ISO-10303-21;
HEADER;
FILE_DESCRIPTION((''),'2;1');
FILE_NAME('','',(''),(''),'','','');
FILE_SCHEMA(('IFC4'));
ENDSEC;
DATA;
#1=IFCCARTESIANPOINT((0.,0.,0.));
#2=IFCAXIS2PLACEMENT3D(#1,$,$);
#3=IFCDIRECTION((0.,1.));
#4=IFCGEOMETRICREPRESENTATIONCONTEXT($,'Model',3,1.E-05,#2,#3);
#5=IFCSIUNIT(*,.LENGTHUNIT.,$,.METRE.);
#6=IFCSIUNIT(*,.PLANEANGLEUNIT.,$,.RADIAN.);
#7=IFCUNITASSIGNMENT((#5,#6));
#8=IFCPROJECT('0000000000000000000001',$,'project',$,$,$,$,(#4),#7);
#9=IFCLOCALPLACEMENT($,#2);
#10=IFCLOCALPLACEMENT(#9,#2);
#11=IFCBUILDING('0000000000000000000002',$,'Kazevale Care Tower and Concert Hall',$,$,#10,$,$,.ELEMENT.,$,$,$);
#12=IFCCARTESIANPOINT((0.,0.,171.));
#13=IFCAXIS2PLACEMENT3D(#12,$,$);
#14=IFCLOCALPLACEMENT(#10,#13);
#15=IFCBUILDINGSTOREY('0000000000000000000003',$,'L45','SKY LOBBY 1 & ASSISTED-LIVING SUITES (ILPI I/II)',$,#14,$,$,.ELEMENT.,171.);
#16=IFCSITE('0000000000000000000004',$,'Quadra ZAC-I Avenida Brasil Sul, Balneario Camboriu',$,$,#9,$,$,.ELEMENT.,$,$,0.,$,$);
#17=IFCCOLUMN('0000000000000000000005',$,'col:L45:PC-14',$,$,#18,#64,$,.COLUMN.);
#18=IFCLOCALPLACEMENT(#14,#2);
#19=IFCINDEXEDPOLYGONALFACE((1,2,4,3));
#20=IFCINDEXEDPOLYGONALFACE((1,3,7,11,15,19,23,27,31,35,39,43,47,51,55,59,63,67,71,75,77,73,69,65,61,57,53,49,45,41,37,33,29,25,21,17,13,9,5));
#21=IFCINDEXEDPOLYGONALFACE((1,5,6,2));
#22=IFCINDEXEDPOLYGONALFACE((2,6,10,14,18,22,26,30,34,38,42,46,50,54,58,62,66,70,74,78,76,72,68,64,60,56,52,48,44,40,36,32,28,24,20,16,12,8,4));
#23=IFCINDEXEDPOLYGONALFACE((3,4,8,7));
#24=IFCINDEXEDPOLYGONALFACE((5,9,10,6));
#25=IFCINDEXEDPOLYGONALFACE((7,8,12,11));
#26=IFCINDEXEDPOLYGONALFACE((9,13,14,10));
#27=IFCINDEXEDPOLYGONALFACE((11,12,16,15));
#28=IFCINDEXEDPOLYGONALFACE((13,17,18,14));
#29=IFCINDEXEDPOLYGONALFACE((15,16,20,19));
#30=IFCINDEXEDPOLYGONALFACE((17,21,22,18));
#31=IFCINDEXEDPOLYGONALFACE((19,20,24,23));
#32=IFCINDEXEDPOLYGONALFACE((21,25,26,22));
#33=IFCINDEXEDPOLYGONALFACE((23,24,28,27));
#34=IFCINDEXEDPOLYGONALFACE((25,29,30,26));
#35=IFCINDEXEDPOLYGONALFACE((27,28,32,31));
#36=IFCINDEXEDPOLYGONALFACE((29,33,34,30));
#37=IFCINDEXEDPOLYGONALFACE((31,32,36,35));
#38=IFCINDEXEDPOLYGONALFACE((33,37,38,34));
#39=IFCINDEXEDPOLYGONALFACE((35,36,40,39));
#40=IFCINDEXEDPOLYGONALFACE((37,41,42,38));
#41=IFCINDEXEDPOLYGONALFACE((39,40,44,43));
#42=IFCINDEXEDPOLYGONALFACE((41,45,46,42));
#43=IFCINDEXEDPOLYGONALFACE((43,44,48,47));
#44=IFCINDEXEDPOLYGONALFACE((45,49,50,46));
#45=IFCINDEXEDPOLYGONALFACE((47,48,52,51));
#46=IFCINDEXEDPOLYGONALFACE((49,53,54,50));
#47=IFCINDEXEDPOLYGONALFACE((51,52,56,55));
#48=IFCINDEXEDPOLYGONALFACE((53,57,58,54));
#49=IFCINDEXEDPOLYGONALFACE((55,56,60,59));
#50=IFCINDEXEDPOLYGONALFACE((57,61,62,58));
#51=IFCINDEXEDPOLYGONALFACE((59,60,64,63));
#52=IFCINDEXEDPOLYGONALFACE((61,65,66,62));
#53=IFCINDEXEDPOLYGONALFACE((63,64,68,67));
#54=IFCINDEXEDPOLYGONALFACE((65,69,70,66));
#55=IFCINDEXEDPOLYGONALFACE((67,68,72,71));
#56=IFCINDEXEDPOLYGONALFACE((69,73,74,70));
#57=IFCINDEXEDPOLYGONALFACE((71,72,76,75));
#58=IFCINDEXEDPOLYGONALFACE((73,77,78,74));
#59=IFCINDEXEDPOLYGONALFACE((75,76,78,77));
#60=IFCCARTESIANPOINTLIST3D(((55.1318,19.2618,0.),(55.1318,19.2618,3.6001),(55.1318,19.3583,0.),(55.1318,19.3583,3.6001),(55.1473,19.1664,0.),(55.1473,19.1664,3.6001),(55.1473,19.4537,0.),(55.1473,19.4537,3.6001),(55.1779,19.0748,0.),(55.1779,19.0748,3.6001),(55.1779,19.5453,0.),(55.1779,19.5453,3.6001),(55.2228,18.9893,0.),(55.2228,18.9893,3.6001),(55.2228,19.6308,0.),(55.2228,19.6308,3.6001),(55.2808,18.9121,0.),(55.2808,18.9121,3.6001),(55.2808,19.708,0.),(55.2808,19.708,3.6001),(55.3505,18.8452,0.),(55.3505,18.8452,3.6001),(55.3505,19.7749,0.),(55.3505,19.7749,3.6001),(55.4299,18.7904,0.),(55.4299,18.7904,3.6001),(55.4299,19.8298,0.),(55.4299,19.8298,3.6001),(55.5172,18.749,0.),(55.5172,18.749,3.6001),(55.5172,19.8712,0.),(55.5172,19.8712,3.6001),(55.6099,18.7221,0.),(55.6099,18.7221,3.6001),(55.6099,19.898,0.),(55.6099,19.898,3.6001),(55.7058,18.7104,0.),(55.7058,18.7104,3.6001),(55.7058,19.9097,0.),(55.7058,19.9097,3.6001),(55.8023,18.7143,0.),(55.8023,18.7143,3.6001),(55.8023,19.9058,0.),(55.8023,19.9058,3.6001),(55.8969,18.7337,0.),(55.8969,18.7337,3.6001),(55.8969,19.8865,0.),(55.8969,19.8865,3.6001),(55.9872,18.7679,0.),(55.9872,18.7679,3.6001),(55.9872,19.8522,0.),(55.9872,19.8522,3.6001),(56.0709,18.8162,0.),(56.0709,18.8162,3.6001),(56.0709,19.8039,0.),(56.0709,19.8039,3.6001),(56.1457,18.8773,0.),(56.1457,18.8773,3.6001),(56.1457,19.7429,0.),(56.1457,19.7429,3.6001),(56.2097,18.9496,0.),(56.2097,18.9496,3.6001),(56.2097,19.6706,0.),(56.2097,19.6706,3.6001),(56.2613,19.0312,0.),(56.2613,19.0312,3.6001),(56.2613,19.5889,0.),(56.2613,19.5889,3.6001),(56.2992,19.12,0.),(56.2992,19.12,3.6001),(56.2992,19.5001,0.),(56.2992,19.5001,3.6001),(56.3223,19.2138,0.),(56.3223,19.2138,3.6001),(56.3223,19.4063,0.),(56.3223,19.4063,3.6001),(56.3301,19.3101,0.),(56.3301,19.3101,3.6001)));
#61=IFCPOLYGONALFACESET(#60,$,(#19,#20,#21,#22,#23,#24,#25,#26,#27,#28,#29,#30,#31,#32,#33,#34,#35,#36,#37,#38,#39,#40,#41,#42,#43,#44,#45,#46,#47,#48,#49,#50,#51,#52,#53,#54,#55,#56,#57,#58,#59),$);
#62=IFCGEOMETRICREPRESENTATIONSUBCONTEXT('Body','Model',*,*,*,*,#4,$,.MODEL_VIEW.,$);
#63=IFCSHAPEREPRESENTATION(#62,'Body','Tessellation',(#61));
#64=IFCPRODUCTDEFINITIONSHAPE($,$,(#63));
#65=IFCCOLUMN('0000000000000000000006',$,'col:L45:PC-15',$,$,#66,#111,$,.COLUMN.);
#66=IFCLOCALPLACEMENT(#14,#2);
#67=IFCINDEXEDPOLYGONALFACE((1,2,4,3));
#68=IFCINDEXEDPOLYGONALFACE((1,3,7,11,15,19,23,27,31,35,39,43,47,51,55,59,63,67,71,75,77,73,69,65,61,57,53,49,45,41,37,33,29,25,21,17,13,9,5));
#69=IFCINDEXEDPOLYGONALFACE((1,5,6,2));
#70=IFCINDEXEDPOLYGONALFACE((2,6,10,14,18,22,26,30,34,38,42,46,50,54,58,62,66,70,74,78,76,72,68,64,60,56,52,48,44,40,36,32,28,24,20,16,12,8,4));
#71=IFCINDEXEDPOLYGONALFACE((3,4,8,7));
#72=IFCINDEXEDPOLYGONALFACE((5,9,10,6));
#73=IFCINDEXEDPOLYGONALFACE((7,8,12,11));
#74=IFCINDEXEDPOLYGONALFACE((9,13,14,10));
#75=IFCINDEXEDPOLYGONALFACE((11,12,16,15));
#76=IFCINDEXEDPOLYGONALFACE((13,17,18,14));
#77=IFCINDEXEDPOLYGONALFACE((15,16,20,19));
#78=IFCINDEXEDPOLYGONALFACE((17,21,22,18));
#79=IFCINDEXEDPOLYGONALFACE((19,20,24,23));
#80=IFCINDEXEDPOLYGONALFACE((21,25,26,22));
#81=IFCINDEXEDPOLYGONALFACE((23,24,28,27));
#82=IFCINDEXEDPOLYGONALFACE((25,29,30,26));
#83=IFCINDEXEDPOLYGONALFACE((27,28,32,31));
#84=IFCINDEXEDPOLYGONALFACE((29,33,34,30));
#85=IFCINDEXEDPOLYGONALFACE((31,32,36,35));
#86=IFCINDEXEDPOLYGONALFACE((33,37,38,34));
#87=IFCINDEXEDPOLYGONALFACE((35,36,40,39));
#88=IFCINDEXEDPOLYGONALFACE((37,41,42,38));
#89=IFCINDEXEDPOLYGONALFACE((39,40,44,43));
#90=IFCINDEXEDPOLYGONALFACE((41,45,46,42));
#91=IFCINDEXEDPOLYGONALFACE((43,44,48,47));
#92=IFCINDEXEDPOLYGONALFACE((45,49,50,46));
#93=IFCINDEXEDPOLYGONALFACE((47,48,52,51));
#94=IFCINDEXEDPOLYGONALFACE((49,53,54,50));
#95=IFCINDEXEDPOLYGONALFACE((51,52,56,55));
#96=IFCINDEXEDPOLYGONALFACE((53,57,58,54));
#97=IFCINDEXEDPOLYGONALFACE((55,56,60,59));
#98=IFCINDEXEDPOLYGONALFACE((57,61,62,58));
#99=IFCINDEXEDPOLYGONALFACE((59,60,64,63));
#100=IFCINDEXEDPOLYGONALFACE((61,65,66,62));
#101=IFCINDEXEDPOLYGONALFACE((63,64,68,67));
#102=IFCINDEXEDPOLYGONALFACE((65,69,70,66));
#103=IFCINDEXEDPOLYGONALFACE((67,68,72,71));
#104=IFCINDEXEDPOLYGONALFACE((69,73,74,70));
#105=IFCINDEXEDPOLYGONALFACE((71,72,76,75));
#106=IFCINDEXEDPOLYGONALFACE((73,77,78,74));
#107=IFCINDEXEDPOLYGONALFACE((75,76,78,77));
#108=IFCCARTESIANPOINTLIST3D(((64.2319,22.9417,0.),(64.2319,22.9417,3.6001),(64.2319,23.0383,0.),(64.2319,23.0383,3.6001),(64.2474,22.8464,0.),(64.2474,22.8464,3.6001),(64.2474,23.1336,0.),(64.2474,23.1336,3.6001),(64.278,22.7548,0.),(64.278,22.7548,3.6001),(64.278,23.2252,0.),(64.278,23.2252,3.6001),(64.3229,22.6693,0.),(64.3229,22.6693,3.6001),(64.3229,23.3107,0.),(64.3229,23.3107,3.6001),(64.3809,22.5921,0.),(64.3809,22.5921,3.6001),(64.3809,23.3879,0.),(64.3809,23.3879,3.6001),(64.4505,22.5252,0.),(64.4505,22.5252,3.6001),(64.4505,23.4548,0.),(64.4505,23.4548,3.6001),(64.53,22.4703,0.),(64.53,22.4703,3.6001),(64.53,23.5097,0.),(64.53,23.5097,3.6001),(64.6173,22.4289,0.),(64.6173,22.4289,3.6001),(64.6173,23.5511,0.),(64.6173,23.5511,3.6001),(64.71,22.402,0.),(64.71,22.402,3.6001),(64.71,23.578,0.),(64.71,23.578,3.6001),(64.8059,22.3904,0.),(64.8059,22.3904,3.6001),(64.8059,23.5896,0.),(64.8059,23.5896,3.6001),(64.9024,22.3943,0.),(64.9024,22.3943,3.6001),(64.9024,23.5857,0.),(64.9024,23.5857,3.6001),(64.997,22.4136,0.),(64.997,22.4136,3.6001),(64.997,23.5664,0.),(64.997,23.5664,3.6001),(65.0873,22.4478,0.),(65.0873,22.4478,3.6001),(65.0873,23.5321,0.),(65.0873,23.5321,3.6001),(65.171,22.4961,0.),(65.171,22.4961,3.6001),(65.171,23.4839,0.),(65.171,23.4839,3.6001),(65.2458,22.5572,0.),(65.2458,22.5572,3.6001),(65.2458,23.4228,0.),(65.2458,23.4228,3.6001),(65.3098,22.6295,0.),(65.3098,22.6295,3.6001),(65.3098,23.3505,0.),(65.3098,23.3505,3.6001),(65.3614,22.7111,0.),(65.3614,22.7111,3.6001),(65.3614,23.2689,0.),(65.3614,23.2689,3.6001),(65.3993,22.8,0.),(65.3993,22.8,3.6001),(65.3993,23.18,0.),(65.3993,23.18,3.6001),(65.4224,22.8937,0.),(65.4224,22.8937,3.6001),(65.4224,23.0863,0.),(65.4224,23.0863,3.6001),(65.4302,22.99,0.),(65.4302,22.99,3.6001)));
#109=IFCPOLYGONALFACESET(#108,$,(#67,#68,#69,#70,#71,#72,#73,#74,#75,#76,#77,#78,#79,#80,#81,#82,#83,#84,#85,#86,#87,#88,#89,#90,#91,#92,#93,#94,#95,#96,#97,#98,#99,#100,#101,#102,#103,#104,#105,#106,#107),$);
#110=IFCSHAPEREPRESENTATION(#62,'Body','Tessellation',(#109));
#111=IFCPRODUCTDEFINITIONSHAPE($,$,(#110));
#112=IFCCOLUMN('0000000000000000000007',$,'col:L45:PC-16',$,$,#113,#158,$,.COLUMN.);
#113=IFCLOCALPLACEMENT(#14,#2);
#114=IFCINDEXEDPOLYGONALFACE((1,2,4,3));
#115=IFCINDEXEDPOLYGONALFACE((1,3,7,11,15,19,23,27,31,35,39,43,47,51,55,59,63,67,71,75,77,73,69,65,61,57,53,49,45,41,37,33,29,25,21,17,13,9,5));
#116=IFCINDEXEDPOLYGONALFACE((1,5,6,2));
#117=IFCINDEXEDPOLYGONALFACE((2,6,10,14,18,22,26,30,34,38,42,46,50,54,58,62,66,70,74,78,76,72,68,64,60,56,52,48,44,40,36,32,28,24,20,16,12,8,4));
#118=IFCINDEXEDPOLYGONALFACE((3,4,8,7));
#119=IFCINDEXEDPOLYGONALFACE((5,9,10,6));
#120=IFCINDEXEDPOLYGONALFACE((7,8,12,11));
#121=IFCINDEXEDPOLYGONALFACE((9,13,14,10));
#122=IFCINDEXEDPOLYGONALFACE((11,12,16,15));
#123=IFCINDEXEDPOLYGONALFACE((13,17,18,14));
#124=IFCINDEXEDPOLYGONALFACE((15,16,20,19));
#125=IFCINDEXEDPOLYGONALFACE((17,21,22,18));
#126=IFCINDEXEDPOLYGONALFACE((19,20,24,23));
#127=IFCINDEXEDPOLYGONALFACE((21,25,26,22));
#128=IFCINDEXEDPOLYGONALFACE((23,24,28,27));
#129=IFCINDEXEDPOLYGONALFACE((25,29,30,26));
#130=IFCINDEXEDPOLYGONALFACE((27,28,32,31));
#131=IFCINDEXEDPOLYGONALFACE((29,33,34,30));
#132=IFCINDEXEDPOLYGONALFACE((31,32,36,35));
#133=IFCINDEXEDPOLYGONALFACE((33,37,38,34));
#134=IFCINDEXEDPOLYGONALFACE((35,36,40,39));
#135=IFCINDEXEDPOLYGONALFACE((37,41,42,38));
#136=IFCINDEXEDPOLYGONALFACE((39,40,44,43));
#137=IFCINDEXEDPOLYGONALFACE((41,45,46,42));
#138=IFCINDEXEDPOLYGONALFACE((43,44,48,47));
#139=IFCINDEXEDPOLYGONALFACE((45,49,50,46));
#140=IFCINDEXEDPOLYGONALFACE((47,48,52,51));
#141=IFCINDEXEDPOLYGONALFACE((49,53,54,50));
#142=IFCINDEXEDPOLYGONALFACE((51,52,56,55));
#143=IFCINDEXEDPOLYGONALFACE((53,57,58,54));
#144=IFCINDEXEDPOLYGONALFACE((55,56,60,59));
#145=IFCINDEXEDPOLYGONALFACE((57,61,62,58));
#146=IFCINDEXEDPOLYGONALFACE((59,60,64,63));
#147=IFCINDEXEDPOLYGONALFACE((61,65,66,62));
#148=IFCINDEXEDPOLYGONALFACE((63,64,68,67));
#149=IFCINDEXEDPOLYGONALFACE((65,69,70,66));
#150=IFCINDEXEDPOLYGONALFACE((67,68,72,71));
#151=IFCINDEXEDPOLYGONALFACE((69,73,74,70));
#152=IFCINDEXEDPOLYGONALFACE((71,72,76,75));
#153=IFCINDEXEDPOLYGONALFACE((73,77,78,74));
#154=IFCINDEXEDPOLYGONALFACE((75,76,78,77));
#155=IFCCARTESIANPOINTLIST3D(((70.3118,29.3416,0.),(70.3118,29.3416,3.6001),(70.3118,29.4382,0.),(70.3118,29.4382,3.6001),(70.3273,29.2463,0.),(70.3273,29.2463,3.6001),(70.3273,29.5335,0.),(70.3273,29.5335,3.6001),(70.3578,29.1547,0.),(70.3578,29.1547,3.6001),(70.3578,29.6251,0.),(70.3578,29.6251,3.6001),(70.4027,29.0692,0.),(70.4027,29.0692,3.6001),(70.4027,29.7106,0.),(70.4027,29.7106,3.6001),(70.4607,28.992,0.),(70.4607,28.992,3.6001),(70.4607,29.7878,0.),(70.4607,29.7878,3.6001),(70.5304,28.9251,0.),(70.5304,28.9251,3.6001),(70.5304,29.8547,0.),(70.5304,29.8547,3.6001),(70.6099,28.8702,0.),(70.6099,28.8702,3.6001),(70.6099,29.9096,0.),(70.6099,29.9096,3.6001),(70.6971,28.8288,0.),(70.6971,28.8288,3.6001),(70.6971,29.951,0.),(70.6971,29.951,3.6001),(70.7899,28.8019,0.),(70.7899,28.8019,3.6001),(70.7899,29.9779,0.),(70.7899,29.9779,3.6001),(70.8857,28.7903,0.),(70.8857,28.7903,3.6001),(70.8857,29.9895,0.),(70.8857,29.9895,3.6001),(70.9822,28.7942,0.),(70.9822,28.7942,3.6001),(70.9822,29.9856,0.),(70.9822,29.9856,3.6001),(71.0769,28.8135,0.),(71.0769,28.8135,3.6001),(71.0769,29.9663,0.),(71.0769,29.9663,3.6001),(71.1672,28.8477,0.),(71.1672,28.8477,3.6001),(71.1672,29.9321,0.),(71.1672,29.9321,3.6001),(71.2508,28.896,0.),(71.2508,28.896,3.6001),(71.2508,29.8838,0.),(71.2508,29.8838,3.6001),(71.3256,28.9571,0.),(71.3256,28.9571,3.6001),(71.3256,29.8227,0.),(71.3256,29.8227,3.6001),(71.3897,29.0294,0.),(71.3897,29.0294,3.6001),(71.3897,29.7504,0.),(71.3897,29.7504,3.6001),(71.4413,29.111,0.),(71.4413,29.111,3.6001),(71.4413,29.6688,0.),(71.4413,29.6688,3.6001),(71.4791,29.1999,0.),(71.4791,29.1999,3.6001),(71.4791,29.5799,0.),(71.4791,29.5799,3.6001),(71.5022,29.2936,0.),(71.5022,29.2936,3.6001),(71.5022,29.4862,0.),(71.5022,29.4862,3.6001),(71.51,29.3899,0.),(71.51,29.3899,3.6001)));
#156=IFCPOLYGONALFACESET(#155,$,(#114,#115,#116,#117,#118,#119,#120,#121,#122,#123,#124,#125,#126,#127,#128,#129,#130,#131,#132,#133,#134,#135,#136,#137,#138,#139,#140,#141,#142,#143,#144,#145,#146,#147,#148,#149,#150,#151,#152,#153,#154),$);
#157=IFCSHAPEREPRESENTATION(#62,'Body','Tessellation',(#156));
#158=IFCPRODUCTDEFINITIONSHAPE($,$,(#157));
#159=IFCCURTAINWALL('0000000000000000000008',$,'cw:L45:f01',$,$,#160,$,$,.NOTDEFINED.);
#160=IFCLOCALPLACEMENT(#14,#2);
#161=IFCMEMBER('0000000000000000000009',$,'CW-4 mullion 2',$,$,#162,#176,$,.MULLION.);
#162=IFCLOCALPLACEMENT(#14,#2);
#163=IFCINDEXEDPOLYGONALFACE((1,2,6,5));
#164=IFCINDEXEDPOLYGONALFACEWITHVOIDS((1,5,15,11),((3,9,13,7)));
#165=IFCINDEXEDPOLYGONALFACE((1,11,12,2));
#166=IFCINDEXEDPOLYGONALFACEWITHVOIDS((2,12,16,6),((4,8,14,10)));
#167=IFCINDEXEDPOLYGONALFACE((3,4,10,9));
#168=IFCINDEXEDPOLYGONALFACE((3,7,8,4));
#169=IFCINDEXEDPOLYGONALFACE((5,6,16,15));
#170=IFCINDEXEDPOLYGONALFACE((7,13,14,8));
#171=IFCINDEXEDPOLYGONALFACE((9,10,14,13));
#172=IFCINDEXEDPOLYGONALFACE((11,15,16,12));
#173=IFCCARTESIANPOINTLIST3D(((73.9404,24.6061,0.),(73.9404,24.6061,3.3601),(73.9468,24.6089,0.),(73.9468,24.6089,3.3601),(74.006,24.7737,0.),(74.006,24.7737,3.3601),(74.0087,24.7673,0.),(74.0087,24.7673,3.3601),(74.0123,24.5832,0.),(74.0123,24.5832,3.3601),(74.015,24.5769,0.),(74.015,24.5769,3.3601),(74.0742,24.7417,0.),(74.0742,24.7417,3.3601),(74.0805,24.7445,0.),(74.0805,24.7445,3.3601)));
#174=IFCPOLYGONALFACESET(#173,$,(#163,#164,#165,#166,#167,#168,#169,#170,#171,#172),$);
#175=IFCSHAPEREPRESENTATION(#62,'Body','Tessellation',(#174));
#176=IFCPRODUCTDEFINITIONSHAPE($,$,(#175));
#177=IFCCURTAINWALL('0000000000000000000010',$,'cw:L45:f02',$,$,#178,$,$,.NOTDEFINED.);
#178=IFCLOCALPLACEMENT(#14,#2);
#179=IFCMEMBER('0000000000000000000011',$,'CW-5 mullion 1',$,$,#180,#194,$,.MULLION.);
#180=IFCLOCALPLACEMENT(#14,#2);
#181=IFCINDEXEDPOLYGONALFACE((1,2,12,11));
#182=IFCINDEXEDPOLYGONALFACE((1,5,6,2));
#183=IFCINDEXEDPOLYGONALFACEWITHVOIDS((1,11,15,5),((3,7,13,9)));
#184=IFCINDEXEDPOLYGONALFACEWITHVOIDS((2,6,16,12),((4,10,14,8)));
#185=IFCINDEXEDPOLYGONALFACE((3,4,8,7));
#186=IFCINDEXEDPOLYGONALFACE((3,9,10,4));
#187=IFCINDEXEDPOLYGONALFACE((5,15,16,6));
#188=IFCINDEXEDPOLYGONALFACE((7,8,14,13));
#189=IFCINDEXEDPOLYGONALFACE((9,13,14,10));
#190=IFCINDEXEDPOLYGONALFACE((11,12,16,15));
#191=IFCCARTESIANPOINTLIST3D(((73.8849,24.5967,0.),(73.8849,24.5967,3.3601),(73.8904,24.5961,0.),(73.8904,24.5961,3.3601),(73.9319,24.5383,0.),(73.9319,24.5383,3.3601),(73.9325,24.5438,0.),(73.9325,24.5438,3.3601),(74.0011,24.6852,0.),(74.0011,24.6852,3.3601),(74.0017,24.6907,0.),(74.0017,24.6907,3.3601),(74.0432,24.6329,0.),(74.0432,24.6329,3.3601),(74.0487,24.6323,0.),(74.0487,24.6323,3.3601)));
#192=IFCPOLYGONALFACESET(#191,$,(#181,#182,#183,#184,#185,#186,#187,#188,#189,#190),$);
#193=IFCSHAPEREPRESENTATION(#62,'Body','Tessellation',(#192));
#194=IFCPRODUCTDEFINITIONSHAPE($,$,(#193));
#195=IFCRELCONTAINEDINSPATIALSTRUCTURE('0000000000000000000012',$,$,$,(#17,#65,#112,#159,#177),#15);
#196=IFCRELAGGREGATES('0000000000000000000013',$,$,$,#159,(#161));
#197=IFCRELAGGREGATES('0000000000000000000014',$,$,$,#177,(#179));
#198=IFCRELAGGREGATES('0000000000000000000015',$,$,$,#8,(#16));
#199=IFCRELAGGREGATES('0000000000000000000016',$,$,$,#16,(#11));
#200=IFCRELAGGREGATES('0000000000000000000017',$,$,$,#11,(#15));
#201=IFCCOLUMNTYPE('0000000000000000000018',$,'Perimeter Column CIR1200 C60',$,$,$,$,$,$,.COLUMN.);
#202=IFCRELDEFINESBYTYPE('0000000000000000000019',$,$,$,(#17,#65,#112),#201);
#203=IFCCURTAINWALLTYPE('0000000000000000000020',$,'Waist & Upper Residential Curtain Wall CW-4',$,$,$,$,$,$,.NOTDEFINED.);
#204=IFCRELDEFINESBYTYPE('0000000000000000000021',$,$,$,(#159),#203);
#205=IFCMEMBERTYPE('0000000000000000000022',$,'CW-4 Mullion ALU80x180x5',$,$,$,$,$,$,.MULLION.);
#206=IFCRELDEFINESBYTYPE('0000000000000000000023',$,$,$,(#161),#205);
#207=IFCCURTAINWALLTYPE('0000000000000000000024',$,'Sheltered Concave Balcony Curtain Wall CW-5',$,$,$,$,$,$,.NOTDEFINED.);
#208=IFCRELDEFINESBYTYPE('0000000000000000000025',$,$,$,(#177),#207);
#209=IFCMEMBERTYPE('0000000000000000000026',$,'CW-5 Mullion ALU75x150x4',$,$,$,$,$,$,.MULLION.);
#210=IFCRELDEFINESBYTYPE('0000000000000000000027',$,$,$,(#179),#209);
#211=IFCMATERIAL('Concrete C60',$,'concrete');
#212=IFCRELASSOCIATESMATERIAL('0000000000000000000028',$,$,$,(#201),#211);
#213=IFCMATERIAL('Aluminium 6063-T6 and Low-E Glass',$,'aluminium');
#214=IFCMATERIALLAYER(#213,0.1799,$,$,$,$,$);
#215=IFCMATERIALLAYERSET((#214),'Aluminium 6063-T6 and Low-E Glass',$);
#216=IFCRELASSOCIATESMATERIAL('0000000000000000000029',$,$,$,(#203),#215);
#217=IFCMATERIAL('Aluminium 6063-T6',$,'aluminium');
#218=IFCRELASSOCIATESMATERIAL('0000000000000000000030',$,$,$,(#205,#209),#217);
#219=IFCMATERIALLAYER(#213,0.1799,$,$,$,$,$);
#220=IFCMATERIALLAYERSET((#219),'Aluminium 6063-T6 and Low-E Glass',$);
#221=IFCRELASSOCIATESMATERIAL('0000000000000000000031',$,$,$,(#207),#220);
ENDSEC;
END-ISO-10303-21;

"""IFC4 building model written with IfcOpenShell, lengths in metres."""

from ifc_helpers import new_model, si_unit, direction, frame, origin, origin_2d, place, context, subcontext, project, spatial, hollow_rectangle, circle, extrude, material, layer, layer_set, material_profile, profile_set, type_object, element, aggregate, save


model = new_model("IFC4")

# Units and contexts
model_context = context("Model", 3, precision=1e-05, world=origin(), true_north=direction((0.0, 1.0)))
body_context = subcontext(model_context, "Body", "Model", "MODEL_VIEW")
ifc_project = project(units=[si_unit("LENGTHUNIT", "METRE"), si_unit("PLANEANGLEUNIT", "RADIAN")], contexts=[model_context])

# Site, building, storey
site_placement = place(None, origin())
site = spatial("IfcSite", under=ifc_project, at=site_placement, Name="Quadra ZAC-I Avenida Brasil Sul, Balneario Camboriu", CompositionType="ELEMENT", RefElevation=0.0)
building_placement = place(site_placement, origin())
building = spatial("IfcBuilding", under=site, at=building_placement, Name="Kazevale Care Tower and Concert Hall", CompositionType="ELEMENT")
storey_placement = place(building_placement, frame((0.0, 0.0, 171.0)))
storey = spatial("IfcBuildingStorey", under=building, at=storey_placement, Name="L45", Description="SKY LOBBY 1 & ASSISTED-LIVING SUITES (ILPI I/II)", CompositionType="ELEMENT", Elevation=171.0)

# Columns
ifc_material_1 = material(Name="Concrete C60", Category="concrete")
ifc_material_profile_1 = material_profile(ifc_material_1, circle(Radius=0.6001, at=origin_2d()), Name="RC-CIR1200")
ifc_profile_set_1 = profile_set([ifc_material_profile_1], Name="Concrete C60")
column_type = type_object("IfcColumnType", Name="Perimeter Column CIR1200 C60", PredefinedType="COLUMN", material=ifc_profile_set_1)
for number, where, z_axis, x_axis, name in (
    (1, (55.73, 19.3101, 0.0), (0.0, 0.0, 1.0), (1.0, 0.0, 0.0), "col:L45:PC-14"),
    (2, (64.8301, 22.99, 0.0), (0.0, 0.0, 1.0), (1.0, 0.0, 0.0), "col:L45:PC-15"),
    (3, (70.9099, 29.3899, 0.0), (0.0, 0.0, 1.0), (1.0, 0.0, 0.0), "col:L45:PC-16"),
):
    element("IfcColumn", number, at=place(storey_placement, frame(where, z_axis=z_axis, x_axis=x_axis)), inside=storey, type_object=column_type, Name=name, PredefinedType="COLUMN", context=body_context, shape_type="SweptSolid", body=[
        extrude(circle(Radius=0.6001, at=origin_2d()), origin(), (0.0, 0.0, 1.0), 3.6001),
    ])

# Curtain wall, member
ifc_material_2 = material(Name="Aluminium 6063-T6 and Low-E Glass", Category="aluminium")
ifc_layer_1 = layer(ifc_material_2, 0.1799)
ifc_layer_set_1 = layer_set([ifc_layer_1], Name="Aluminium 6063-T6 and Low-E Glass")
curtain_wall_type_1 = type_object("IfcCurtainWallType", Name="Waist & Upper Residential Curtain Wall CW-4", PredefinedType="NOTDEFINED", material=ifc_layer_set_1)
curtain_wall_1_placement = place(storey_placement, origin())
curtain_wall_1 = element("IfcCurtainWall", 4, at=curtain_wall_1_placement, inside=storey, type_object=curtain_wall_type_1, Name="cw:L45:f01", PredefinedType="NOTDEFINED")
ifc_material_3 = material(Name="Aluminium 6063-T6", Category="aluminium")
ifc_material_profile_2 = material_profile(ifc_material_3, hollow_rectangle(XDim=0.0801, YDim=0.1799, WallThickness=0.0049, at=origin_2d()), Name="ALU80x180x5")
ifc_profile_set_2 = profile_set([ifc_material_profile_2], Name="Aluminium 6063-T6")
member_type_1 = type_object("IfcMemberType", Name="CW-4 Mullion ALU80x180x5", PredefinedType="MULLION", material=ifc_profile_set_2)
member_1_placement = place(storey_placement, frame((74.0105, 24.6753, 0.0), z_axis=(0.0, 0.0, 1.0), x_axis=(0.931352, -0.364121, 0.0)))
member_1 = element("IfcMember", 5, at=member_1_placement, type_object=member_type_1, Name="CW-4 mullion 2", PredefinedType="MULLION", context=body_context, shape_type="SweptSolid", body=[
    extrude(hollow_rectangle(XDim=0.0801, YDim=0.1799, WallThickness=0.0049, at=origin_2d()), origin(), (0.0, 0.0, 1.0), 3.3601),
])
aggregate(curtain_wall_1, [member_1])

# Curtain wall, member
ifc_layer_2 = layer(ifc_material_2, 0.1799)
ifc_layer_set_2 = layer_set([ifc_layer_2], Name="Aluminium 6063-T6 and Low-E Glass")
curtain_wall_type_2 = type_object("IfcCurtainWallType", Name="Sheltered Concave Balcony Curtain Wall CW-5", PredefinedType="NOTDEFINED", material=ifc_layer_set_2)
curtain_wall_2_placement = place(storey_placement, origin())
curtain_wall_2 = element("IfcCurtainWall", 6, at=curtain_wall_2_placement, inside=storey, type_object=curtain_wall_type_2, Name="cw:L45:f02", PredefinedType="NOTDEFINED")
ifc_material_profile_3 = material_profile(ifc_material_3, hollow_rectangle(XDim=0.075, YDim=0.1499, WallThickness=0.0039, at=origin_2d()), Name="ALU75x150x4")
ifc_profile_set_3 = profile_set([ifc_material_profile_3], Name="Aluminium 6063-T6")
member_type_2 = type_object("IfcMemberType", Name="CW-5 Mullion ALU75x150x4", PredefinedType="MULLION", material=ifc_profile_set_3)
member_2_placement = place(storey_placement, frame((73.9668, 24.6145, 0.0), z_axis=(0.0, 0.0, 1.0), x_axis=(0.626905, -0.779095, 0.0)))
member_2 = element("IfcMember", 7, at=member_2_placement, type_object=member_type_2, Name="CW-5 mullion 1", PredefinedType="MULLION", context=body_context, shape_type="SweptSolid", body=[
    extrude(hollow_rectangle(XDim=0.075, YDim=0.1499, WallThickness=0.0039, at=origin_2d()), origin(), (0.0, 0.0, 1.0), 3.3601),
])

aggregate(curtain_wall_2, [member_2])

save(model, "model.ifc")
